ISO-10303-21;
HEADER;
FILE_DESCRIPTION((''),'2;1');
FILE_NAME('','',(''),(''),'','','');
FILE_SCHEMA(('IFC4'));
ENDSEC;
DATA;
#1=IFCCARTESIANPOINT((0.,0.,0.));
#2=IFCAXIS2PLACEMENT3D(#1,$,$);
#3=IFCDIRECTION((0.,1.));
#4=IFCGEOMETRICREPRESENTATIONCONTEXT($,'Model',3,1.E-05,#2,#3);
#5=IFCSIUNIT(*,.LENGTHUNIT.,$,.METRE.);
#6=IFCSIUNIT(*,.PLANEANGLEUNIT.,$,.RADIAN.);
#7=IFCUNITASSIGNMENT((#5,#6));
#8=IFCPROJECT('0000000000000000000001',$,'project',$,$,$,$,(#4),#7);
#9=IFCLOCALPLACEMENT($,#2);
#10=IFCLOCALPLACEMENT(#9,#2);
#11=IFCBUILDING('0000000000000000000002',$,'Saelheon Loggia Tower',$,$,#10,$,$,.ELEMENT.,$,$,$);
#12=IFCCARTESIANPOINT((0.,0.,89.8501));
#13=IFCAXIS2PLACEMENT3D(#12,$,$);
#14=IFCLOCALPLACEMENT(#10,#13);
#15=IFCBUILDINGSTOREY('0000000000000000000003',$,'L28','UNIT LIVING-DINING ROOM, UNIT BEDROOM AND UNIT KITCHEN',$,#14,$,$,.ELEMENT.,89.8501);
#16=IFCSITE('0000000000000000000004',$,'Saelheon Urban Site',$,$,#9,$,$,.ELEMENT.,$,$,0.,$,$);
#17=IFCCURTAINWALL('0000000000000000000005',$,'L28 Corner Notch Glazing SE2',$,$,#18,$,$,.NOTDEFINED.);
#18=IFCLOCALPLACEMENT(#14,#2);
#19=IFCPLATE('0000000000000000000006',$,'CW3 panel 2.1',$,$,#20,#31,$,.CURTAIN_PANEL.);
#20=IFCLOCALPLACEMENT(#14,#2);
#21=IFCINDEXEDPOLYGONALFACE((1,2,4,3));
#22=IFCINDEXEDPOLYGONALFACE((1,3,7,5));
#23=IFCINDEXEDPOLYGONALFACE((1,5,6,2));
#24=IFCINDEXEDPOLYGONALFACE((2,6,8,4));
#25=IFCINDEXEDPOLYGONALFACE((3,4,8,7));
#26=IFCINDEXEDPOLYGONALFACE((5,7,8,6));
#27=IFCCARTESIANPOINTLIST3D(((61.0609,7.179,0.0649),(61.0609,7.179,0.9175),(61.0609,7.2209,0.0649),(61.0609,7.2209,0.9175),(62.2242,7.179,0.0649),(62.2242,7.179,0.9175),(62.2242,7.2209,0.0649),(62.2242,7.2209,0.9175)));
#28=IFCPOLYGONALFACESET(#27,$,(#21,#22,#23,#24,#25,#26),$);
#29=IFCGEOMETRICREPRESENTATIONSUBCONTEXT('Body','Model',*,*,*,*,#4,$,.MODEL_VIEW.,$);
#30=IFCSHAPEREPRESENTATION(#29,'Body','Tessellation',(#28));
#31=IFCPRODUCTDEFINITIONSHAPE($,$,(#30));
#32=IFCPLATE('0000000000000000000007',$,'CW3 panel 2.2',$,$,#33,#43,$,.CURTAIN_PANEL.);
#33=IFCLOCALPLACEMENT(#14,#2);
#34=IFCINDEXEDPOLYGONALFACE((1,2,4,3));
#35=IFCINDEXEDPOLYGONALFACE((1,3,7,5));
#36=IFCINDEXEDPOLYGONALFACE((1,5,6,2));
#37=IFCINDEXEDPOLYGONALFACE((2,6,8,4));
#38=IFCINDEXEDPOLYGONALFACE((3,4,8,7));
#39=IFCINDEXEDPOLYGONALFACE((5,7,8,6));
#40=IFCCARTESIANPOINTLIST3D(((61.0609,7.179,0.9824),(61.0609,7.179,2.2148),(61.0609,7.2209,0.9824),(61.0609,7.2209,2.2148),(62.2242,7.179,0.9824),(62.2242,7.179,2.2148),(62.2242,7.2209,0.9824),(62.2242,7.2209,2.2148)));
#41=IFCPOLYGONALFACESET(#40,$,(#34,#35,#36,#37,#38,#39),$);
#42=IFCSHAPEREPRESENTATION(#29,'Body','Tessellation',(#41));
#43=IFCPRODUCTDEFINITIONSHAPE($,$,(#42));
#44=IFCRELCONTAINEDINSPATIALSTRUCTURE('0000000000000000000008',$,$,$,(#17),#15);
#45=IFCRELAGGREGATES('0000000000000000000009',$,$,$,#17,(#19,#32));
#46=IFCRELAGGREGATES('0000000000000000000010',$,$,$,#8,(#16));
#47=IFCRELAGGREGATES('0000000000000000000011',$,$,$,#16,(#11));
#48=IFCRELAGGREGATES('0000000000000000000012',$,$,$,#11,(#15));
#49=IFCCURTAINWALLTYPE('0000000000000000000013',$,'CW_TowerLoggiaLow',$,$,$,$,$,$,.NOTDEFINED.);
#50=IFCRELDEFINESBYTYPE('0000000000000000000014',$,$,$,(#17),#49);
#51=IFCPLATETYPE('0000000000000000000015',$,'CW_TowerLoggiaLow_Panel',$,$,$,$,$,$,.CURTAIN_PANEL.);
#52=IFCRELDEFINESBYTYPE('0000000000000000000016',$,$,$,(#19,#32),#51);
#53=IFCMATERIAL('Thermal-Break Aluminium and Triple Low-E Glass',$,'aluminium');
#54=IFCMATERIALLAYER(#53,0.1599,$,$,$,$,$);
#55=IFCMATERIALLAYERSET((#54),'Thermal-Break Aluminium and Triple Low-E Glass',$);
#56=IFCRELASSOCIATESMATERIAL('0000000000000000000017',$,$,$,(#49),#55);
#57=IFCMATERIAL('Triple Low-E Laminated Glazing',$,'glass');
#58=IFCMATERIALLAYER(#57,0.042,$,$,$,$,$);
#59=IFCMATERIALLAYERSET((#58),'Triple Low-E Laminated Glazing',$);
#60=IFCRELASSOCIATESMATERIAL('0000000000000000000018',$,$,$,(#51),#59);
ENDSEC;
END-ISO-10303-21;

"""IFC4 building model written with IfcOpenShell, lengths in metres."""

from ifc_helpers import new_model, si_unit, direction, frame, origin, origin_2d, place, context, subcontext, project, spatial, rectangle, extrude, source, transform, mapped, material, layer, layer_set, type_object, element, aggregate, save


model = new_model("IFC4")

# Units and contexts
model_context = context("Model", 3, precision=1e-05, world=origin(), true_north=direction((0.0, 1.0)))
body_context = subcontext(model_context, "Body", "Model", "MODEL_VIEW")
ifc_project = project(units=[si_unit("LENGTHUNIT", "METRE"), si_unit("PLANEANGLEUNIT", "RADIAN")], contexts=[model_context])

# Site, building, storey
site_placement = place(None, origin())
site = spatial("IfcSite", under=ifc_project, at=site_placement, Name="Saelheon Urban Site", CompositionType="ELEMENT", RefElevation=0.0)
building_placement = place(site_placement, origin())
building = spatial("IfcBuilding", under=site, at=building_placement, Name="Saelheon Loggia Tower", CompositionType="ELEMENT")
storey_placement = place(building_placement, frame((0.0, 0.0, 89.8501)))
storey = spatial("IfcBuildingStorey", under=building, at=storey_placement, Name="L28", Description="UNIT LIVING-DINING ROOM, UNIT BEDROOM AND UNIT KITCHEN", CompositionType="ELEMENT", Elevation=89.8501)

# Curtain wall, plates
ifc_material_1 = material(Name="Thermal-Break Aluminium and Triple Low-E Glass", Category="aluminium")
ifc_layer_1 = layer(ifc_material_1, 0.1599)
ifc_layer_set_1 = layer_set([ifc_layer_1], Name="Thermal-Break Aluminium and Triple Low-E Glass")
curtain_wall_type = type_object("IfcCurtainWallType", Name="CW_TowerLoggiaLow", PredefinedType="NOTDEFINED", material=ifc_layer_set_1)
curtain_wall_placement = place(storey_placement, origin())
curtain_wall = element("IfcCurtainWall", 1, at=curtain_wall_placement, inside=storey, type_object=curtain_wall_type, Name="L28 Corner Notch Glazing SE2", PredefinedType="NOTDEFINED")
ifc_material_2 = material(Name="Triple Low-E Laminated Glazing", Category="glass")
ifc_layer_2 = layer(ifc_material_2, 0.042)
ifc_layer_set_2 = layer_set([ifc_layer_2], Name="Triple Low-E Laminated Glazing")
plate_type = type_object("IfcPlateType", Name="CW_TowerLoggiaLow_Panel", PredefinedType="CURTAIN_PANEL", material=ifc_layer_set_2)
shared_shape_1 = source(origin(), body_context, "Body", "SweptSolid", [
    extrude(rectangle(XDim=1.1633, YDim=0.042, at=origin_2d()), origin(), (0.0, 0.0, 1.0), 0.8525),
])
plate_1_placement = place(storey_placement, frame((61.6426, 7.2, 0.0649), z_axis=(0.0, 0.0, 1.0), x_axis=(1.0, 0.0, 0.0)))
plate_1 = element("IfcPlate", 2, at=plate_1_placement, type_object=plate_type, Name="CW3 panel 2.1", PredefinedType="CURTAIN_PANEL", context=body_context, shape_type="MappedRepresentation", body=[
    mapped(shared_shape_1, transform((0.0, 0.0, 0.0), scale=1.0)),
])
shared_shape_2 = source(origin(), body_context, "Body", "SweptSolid", [
    extrude(rectangle(XDim=1.1633, YDim=0.042, at=origin_2d()), origin(), (0.0, 0.0, 1.0), 1.2324),
])
plate_2_placement = place(storey_placement, frame((61.6426, 7.2, 0.9824), z_axis=(0.0, 0.0, 1.0), x_axis=(1.0, 0.0, 0.0)))
plate_2 = element("IfcPlate", 3, at=plate_2_placement, type_object=plate_type, Name="CW3 panel 2.2", PredefinedType="CURTAIN_PANEL", context=body_context, shape_type="MappedRepresentation", body=[
    mapped(shared_shape_2, transform((0.0, 0.0, 0.0), scale=1.0)),
])
aggregate(curtain_wall, [plate_1, plate_2])

save(model, "model.ifc")
